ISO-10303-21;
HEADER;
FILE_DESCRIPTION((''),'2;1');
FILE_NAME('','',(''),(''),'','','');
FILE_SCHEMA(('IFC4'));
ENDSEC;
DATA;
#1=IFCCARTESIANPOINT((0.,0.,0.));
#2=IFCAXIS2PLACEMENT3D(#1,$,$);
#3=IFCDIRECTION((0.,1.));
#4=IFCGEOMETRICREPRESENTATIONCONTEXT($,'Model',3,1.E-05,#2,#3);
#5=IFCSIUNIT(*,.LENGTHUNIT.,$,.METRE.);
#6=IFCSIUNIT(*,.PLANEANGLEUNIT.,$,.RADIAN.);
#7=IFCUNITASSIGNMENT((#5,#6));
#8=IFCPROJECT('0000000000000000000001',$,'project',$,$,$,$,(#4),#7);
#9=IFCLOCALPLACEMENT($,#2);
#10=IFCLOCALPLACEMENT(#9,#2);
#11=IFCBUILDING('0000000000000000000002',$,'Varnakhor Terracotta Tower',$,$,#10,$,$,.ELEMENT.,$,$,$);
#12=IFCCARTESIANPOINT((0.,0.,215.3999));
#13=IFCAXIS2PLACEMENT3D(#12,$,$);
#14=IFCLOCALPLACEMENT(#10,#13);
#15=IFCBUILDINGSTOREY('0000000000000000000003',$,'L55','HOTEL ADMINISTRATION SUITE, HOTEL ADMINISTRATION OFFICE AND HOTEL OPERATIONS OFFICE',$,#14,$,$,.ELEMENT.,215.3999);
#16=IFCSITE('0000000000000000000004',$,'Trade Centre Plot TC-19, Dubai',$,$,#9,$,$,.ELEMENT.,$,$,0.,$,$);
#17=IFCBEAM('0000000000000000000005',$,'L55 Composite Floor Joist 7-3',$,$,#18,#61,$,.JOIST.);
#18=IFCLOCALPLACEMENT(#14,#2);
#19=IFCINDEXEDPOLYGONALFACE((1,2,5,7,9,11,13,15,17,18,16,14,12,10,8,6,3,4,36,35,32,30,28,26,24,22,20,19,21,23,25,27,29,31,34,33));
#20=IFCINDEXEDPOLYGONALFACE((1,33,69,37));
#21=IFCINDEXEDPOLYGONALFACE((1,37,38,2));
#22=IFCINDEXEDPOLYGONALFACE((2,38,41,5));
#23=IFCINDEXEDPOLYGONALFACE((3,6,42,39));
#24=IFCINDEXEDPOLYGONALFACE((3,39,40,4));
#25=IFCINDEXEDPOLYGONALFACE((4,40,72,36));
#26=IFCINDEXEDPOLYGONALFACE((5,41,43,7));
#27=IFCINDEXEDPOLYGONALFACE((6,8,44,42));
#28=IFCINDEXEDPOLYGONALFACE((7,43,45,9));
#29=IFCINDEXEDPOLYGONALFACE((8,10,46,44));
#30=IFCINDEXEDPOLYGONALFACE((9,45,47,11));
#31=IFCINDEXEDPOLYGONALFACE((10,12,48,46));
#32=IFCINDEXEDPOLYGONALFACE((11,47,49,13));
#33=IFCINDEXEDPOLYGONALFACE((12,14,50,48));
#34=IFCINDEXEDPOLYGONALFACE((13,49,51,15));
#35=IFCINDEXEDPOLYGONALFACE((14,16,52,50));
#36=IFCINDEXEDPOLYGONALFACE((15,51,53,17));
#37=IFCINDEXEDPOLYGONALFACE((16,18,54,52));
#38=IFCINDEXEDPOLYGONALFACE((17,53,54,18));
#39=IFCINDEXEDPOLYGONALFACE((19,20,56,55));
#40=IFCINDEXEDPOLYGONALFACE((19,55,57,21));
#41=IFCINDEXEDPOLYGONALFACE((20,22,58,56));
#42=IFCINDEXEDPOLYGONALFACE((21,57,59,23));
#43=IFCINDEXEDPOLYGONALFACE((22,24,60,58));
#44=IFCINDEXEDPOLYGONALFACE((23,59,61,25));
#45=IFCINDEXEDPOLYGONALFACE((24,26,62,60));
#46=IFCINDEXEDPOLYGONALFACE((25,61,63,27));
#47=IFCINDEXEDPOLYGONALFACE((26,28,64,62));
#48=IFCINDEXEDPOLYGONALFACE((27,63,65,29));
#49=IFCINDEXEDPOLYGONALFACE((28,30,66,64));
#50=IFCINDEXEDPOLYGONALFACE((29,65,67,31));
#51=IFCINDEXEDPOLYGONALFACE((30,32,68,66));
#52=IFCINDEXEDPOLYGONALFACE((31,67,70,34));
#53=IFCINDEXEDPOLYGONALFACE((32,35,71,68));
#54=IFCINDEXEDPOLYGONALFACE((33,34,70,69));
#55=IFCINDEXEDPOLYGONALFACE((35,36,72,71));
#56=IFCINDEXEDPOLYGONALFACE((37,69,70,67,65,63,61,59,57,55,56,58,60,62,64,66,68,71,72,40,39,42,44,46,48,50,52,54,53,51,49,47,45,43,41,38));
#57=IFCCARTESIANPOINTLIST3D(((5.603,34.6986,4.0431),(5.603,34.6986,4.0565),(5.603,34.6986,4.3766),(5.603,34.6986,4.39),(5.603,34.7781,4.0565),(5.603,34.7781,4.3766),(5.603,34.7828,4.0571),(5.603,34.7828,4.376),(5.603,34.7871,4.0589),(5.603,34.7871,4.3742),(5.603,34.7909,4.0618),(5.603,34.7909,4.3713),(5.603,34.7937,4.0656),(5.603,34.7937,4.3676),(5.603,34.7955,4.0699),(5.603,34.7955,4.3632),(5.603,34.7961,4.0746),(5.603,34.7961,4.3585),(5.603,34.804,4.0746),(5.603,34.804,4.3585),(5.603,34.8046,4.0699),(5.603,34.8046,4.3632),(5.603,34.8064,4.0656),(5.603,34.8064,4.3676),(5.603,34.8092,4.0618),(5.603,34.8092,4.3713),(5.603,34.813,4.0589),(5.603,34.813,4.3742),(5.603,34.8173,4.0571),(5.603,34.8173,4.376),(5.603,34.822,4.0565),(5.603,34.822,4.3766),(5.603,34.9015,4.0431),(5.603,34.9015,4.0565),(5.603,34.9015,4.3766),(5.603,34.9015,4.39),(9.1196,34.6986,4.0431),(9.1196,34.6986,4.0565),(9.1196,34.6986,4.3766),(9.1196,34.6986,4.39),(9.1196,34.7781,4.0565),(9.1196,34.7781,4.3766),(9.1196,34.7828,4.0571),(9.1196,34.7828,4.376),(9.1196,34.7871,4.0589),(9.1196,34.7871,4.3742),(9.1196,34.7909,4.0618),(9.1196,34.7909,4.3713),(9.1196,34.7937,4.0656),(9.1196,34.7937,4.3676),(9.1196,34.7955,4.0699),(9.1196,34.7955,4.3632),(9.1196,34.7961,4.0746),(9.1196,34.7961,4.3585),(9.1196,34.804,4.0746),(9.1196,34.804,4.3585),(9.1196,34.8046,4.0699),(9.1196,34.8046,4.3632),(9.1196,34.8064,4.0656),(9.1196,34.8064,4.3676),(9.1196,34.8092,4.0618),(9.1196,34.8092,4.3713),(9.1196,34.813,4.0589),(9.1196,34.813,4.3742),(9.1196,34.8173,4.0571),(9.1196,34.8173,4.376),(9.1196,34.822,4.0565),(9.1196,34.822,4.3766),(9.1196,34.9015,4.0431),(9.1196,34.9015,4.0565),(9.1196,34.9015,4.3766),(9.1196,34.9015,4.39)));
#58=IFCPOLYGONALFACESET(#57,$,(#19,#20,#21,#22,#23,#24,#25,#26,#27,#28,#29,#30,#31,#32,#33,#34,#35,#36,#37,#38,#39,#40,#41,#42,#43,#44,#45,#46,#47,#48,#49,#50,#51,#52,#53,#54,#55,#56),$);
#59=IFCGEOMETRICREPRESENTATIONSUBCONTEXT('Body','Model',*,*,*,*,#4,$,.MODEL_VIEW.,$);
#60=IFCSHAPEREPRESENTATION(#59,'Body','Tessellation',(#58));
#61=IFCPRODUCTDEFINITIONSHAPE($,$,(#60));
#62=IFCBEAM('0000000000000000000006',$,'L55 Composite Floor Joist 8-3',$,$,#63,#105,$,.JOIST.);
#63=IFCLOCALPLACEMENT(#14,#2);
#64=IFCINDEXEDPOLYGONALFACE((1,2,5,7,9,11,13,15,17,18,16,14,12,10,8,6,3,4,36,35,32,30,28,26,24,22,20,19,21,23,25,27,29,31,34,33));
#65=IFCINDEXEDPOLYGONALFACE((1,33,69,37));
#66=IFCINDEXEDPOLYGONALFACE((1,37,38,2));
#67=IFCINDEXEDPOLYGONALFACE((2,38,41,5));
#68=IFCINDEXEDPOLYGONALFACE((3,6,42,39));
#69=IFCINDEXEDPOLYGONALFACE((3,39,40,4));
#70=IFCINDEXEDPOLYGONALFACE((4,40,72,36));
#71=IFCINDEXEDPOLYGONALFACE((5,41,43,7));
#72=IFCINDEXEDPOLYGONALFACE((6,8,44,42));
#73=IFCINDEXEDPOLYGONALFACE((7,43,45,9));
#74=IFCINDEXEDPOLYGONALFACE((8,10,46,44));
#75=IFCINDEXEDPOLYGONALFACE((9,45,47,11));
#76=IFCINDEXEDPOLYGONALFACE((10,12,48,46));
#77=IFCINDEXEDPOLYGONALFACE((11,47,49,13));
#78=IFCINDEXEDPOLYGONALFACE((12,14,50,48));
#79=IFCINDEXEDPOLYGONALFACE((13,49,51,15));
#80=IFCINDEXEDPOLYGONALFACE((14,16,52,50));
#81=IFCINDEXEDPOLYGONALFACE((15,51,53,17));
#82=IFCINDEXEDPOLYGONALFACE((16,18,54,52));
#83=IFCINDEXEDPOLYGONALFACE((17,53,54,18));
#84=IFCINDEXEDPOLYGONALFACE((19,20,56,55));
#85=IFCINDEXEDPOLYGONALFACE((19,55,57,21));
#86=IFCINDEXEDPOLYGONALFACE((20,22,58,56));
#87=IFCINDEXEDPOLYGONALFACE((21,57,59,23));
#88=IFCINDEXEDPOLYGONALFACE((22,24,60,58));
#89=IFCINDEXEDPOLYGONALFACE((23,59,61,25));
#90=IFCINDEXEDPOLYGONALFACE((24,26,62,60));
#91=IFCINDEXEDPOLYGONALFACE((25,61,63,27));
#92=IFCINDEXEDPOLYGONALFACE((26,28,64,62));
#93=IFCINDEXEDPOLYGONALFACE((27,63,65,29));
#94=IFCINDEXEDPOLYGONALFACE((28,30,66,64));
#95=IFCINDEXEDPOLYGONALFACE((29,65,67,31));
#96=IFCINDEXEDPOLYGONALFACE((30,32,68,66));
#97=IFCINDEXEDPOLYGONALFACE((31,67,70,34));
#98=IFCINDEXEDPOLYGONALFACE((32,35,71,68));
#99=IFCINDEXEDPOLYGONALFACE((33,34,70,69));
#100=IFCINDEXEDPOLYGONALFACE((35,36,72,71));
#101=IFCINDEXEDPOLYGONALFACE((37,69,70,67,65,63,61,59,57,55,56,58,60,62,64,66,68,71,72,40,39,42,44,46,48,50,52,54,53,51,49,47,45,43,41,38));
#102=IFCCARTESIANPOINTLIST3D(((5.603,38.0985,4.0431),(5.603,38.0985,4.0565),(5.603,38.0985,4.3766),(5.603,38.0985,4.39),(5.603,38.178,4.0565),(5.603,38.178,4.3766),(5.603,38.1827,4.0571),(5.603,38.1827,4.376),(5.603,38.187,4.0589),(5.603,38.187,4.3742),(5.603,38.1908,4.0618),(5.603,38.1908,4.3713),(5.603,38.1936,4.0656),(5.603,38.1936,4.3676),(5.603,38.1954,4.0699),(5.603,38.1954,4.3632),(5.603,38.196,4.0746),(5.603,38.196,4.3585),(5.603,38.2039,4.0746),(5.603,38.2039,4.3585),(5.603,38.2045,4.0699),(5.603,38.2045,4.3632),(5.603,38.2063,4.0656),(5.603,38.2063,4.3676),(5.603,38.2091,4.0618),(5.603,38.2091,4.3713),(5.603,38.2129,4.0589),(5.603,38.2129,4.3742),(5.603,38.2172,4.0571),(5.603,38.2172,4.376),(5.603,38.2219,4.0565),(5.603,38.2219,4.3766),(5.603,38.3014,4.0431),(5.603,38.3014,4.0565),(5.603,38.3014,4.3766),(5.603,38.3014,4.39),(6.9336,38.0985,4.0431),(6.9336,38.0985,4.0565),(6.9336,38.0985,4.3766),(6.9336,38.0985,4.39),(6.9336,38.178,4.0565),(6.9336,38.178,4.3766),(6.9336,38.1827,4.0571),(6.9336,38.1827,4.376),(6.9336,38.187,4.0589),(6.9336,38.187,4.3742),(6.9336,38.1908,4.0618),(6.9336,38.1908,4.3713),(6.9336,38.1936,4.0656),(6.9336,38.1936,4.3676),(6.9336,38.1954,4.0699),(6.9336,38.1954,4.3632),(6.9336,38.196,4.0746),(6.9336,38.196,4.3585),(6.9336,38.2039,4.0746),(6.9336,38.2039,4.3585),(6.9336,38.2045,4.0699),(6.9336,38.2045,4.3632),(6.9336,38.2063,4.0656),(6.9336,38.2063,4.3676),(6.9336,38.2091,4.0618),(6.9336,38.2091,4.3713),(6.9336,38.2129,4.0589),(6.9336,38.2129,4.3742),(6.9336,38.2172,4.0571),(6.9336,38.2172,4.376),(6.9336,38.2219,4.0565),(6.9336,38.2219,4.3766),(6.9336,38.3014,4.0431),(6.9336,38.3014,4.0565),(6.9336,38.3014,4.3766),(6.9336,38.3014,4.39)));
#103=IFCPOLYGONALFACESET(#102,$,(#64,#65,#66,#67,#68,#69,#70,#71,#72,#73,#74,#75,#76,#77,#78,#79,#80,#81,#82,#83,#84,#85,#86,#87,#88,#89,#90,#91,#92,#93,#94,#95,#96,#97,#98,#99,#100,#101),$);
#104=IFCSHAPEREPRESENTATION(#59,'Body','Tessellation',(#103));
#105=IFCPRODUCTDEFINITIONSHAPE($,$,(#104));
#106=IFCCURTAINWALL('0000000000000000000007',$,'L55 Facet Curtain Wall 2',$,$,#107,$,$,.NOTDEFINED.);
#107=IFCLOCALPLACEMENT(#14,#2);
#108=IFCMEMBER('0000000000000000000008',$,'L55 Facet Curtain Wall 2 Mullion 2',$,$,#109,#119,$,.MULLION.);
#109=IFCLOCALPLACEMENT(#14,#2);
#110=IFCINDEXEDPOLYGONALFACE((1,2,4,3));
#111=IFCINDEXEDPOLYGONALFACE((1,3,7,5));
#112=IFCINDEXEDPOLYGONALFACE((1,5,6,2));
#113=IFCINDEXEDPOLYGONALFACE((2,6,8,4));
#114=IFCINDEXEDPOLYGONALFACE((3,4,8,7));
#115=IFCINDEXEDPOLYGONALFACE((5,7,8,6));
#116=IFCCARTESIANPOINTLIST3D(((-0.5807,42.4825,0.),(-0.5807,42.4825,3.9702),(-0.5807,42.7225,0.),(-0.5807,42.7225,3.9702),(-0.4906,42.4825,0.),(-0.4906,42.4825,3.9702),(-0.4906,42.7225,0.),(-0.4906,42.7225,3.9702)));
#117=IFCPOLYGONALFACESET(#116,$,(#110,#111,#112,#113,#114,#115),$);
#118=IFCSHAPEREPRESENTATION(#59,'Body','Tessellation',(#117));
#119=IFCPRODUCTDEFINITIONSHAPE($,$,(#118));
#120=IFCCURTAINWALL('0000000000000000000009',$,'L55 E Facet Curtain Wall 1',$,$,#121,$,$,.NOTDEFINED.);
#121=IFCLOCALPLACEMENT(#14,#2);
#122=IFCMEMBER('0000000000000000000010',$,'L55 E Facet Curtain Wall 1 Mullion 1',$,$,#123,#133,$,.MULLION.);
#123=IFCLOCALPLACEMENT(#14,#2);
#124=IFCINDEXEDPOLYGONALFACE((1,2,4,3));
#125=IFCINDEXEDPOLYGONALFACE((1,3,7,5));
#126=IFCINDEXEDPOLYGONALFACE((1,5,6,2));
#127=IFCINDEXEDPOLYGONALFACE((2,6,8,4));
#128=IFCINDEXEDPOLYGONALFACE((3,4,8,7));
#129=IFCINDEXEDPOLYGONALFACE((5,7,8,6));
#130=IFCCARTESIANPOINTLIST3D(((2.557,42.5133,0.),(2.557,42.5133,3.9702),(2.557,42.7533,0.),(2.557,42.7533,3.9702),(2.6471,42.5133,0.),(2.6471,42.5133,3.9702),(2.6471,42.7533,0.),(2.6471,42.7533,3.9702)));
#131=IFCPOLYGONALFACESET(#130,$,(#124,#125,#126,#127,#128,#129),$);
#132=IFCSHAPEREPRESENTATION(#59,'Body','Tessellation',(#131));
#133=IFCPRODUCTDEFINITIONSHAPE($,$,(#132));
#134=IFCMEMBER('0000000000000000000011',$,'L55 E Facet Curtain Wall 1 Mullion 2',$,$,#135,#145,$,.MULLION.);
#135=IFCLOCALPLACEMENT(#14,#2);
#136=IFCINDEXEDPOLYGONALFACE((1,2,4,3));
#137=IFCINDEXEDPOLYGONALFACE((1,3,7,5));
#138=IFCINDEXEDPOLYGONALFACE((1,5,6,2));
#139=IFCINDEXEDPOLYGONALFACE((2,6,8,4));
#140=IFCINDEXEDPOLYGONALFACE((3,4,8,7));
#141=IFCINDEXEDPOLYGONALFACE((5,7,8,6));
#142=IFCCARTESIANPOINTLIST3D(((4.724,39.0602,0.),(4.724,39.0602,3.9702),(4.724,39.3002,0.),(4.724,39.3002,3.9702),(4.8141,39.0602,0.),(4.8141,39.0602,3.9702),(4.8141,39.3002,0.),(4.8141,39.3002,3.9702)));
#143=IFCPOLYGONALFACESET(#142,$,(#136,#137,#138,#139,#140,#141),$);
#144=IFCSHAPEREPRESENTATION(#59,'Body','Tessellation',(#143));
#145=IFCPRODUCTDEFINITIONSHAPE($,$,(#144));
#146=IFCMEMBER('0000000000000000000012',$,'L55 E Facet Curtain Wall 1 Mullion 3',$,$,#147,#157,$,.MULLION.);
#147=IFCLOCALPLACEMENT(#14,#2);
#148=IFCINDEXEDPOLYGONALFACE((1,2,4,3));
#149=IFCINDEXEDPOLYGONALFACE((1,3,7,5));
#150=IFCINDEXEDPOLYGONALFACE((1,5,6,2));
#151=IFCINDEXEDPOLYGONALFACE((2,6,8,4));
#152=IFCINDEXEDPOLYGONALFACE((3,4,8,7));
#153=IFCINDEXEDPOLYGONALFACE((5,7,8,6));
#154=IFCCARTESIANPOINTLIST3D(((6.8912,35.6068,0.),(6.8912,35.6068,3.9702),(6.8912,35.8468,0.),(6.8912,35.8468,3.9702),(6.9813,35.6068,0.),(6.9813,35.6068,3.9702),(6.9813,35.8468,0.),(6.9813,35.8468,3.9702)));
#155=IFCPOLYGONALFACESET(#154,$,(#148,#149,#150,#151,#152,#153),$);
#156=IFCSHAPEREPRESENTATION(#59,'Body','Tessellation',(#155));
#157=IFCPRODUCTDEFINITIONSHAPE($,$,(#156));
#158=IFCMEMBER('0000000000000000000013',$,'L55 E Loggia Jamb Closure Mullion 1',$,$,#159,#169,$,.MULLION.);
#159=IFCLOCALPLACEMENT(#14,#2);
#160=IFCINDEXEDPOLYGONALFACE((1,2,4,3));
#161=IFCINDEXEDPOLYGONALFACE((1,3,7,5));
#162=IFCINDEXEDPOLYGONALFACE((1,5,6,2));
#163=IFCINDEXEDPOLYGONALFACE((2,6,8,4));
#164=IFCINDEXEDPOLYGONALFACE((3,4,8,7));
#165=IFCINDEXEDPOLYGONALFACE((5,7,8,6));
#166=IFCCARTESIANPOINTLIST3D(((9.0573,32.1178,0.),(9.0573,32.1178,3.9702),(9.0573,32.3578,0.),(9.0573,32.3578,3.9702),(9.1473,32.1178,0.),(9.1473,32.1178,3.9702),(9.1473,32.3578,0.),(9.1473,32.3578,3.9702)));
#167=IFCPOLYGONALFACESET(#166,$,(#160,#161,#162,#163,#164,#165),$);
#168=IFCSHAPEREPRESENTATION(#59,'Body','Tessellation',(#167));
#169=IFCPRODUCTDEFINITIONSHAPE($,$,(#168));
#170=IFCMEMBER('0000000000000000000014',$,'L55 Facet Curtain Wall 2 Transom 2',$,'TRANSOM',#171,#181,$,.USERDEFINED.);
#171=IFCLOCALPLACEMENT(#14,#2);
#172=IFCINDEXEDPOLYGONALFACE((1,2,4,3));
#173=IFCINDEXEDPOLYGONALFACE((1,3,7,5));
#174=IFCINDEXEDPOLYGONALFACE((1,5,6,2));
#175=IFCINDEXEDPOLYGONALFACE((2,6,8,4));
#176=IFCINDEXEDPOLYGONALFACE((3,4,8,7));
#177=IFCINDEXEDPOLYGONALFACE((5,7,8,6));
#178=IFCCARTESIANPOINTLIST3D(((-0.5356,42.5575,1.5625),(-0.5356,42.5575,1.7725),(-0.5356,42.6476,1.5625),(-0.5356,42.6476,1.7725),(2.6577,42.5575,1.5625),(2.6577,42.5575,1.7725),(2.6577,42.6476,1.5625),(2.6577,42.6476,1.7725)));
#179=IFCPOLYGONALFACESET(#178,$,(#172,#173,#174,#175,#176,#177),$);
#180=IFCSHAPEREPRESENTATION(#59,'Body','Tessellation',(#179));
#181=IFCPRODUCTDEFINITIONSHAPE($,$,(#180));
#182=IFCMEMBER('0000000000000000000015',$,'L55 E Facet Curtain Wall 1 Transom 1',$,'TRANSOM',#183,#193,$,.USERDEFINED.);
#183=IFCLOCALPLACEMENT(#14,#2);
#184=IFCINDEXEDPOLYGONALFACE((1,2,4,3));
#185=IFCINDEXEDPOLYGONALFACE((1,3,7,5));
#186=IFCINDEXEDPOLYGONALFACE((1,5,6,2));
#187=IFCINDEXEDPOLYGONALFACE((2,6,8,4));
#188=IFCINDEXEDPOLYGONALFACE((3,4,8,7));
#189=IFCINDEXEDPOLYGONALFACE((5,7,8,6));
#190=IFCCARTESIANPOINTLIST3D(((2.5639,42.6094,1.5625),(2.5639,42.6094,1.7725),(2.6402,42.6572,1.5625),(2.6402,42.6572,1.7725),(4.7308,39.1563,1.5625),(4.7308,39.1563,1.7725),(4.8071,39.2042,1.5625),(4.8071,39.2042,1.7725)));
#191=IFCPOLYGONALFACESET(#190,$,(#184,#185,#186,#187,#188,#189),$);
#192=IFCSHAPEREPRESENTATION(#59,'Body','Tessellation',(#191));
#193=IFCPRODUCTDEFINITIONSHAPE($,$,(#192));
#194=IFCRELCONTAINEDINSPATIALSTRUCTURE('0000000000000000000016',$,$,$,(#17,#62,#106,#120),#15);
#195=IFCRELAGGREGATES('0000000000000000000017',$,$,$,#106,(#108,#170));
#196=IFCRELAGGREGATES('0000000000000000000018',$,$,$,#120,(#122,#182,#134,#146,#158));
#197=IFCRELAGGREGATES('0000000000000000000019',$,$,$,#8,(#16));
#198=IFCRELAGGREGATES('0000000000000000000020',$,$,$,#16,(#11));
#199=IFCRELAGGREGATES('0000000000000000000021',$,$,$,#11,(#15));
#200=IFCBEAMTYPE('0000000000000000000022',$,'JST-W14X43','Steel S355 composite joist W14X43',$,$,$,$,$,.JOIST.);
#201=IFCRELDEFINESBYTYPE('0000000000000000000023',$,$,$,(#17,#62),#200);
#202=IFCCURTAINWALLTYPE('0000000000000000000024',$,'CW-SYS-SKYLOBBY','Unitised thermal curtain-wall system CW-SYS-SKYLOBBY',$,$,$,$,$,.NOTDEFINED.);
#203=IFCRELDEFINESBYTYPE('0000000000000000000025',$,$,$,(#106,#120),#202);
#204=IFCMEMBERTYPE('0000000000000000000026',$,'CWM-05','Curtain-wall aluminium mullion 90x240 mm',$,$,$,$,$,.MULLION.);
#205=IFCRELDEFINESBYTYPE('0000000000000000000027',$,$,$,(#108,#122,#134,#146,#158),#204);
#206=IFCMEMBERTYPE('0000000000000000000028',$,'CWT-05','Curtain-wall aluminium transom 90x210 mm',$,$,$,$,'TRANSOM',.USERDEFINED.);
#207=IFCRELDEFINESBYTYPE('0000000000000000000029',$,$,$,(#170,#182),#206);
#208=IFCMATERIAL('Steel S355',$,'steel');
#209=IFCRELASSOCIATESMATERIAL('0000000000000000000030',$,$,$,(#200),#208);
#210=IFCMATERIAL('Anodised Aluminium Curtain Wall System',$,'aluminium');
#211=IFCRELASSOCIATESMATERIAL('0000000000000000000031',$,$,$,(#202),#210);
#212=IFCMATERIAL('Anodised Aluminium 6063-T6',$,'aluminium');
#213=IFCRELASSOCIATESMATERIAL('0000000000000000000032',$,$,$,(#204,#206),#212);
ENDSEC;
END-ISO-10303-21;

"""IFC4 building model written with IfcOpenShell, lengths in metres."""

from ifc_helpers import new_model, si_unit, direction, frame, origin, origin_2d, place, context, subcontext, project, spatial, rectangle, i_section, extrude, source, transform, mapped, material, material_profile, profile_set, type_object, element, aggregate, save


model = new_model("IFC4")

# Units and contexts
model_context = context("Model", 3, precision=1e-05, world=origin(), true_north=direction((0.0, 1.0)))
body_context = subcontext(model_context, "Body", "Model", "MODEL_VIEW")
ifc_project = project(units=[si_unit("LENGTHUNIT", "METRE"), si_unit("PLANEANGLEUNIT", "RADIAN")], contexts=[model_context])

# Site, building, storey
site_placement = place(None, origin())
site = spatial("IfcSite", under=ifc_project, at=site_placement, Name="Trade Centre Plot TC-19, Dubai", CompositionType="ELEMENT", RefElevation=0.0)
building_placement = place(site_placement, origin())
building = spatial("IfcBuilding", under=site, at=building_placement, Name="Varnakhor Terracotta Tower", CompositionType="ELEMENT")
storey_placement = place(building_placement, frame((0.0, 0.0, 215.3999)))
storey = spatial("IfcBuildingStorey", under=building, at=storey_placement, Name="L55", Description="HOTEL ADMINISTRATION SUITE, HOTEL ADMINISTRATION OFFICE AND HOTEL OPERATIONS OFFICE", CompositionType="ELEMENT", Elevation=215.3999)

# Beams
ifc_material_1 = material(Name="Steel S355", Category="steel")
ifc_material_profile_1 = material_profile(ifc_material_1, i_section(OverallWidth=0.2029, OverallDepth=0.3469, WebThickness=0.0078, FlangeThickness=0.0134, FilletRadius=0.0181, at=origin_2d()), Name="W14X43")
ifc_profile_set_1 = profile_set([ifc_material_profile_1], Name="Steel S355")
beam_type_1 = type_object("IfcBeamType", Name="JST-W14X43", Description="Steel S355 composite joist W14X43", PredefinedType="JOIST", material=ifc_profile_set_1)
shared_shape_1 = source(origin(), body_context, "Body", "SweptSolid", [
    extrude(i_section(OverallWidth=0.2029, OverallDepth=0.3469, WebThickness=0.0078, FlangeThickness=0.0134, FilletRadius=0.0181, at=origin_2d()), origin(), (0.0, 0.0, 1.0), 3.5166),
])
beam_1_placement = place(storey_placement, frame((5.603, 34.8, 4.2166), z_axis=(1.0, 0.0, 0.0), x_axis=(0.0, 1.0, 0.0)))
element("IfcBeam", 1, at=beam_1_placement, inside=storey, type_object=beam_type_1, Name="L55 Composite Floor Joist 7-3", PredefinedType="JOIST", context=body_context, shape_type="MappedRepresentation", body=[
    mapped(shared_shape_1, transform((0.0, 0.0, 0.0), scale=1.0)),
])
shared_shape_2 = source(origin(), body_context, "Body", "SweptSolid", [
    extrude(i_section(OverallWidth=0.2029, OverallDepth=0.3469, WebThickness=0.0078, FlangeThickness=0.0134, FilletRadius=0.0181, at=origin_2d()), origin(), (0.0, 0.0, 1.0), 1.3306),
])
beam_2_placement = place(storey_placement, frame((5.603, 38.2, 4.2166), z_axis=(1.0, 0.0, 0.0), x_axis=(0.0, 1.0, 0.0)))
element("IfcBeam", 2, at=beam_2_placement, inside=storey, type_object=beam_type_1, Name="L55 Composite Floor Joist 8-3", PredefinedType="JOIST", context=body_context, shape_type="MappedRepresentation", body=[
    mapped(shared_shape_2, transform((0.0, 0.0, 0.0), scale=1.0)),
])

# Curtain wall, member
ifc_material_2 = material(Name="Anodised Aluminium Curtain Wall System", Category="aluminium")
curtain_wall_type = type_object("IfcCurtainWallType", Name="CW-SYS-SKYLOBBY", Description="Unitised thermal curtain-wall system CW-SYS-SKYLOBBY", PredefinedType="NOTDEFINED", material=ifc_material_2)
curtain_wall_1_placement = place(storey_placement, origin())
curtain_wall_1 = element("IfcCurtainWall", 3, at=curtain_wall_1_placement, inside=storey, type_object=curtain_wall_type, Name="L55 Facet Curtain Wall 2", PredefinedType="NOTDEFINED")
ifc_material_3 = material(Name="Anodised Aluminium 6063-T6", Category="aluminium")
ifc_material_profile_2 = material_profile(ifc_material_3, rectangle(XDim=0.0901, YDim=0.24, at=origin_2d()), Name="ALU MULLION 90x240")
ifc_profile_set_2 = profile_set([ifc_material_profile_2], Name="Anodised Aluminium 6063-T6")
member_type_1 = type_object("IfcMemberType", Name="CWM-05", Description="Curtain-wall aluminium mullion 90x240 mm", PredefinedType="MULLION", material=ifc_profile_set_2)
shared_shape_3 = source(origin(), body_context, "Body", "SweptSolid", [
    extrude(rectangle(XDim=0.0901, YDim=0.24, at=origin_2d()), origin(), (0.0, 0.0, 1.0), 3.9702),
])
member_1_placement = place(storey_placement, frame((-0.5356, 42.6025, 0.0), z_axis=(0.0, 0.0, 1.0), x_axis=(1.0, 0.0, 0.0)))
member_1 = element("IfcMember", 4, at=member_1_placement, type_object=member_type_1, Name="L55 Facet Curtain Wall 2 Mullion 2", PredefinedType="MULLION", context=body_context, shape_type="MappedRepresentation", body=[
    mapped(shared_shape_3, transform((0.0, 0.0, 0.0), scale=1.0)),
])

# Curtain wall, members
curtain_wall_2_placement = place(storey_placement, origin())
curtain_wall_2 = element("IfcCurtainWall", 5, at=curtain_wall_2_placement, inside=storey, type_object=curtain_wall_type, Name="L55 E Facet Curtain Wall 1", PredefinedType="NOTDEFINED")
member_2_placement = place(storey_placement, frame((2.6021, 42.6333, 0.0), z_axis=(0.0, 0.0, 1.0), x_axis=(1.0, 0.0, 0.0)))
member_2 = element("IfcMember", 6, at=member_2_placement, type_object=member_type_1, Name="L55 E Facet Curtain Wall 1 Mullion 1", PredefinedType="MULLION", context=body_context, shape_type="MappedRepresentation", body=[
    mapped(shared_shape_3, transform((0.0, 0.0, 0.0), scale=1.0)),
])
member_3_placement = place(storey_placement, frame((4.769, 39.1802, 0.0), z_axis=(0.0, 0.0, 1.0), x_axis=(1.0, 0.0, 0.0)))
member_3 = element("IfcMember", 7, at=member_3_placement, type_object=member_type_1, Name="L55 E Facet Curtain Wall 1 Mullion 2", PredefinedType="MULLION", context=body_context, shape_type="MappedRepresentation", body=[
    mapped(shared_shape_3, transform((0.0, 0.0, 0.0), scale=1.0)),
])
member_4_placement = place(storey_placement, frame((6.9363, 35.7268, 0.0), z_axis=(0.0, 0.0, 1.0), x_axis=(1.0, 0.0, 0.0)))
member_4 = element("IfcMember", 8, at=member_4_placement, type_object=member_type_1, Name="L55 E Facet Curtain Wall 1 Mullion 3", PredefinedType="MULLION", context=body_context, shape_type="MappedRepresentation", body=[
    mapped(shared_shape_3, transform((0.0, 0.0, 0.0), scale=1.0)),
])
member_5_placement = place(storey_placement, frame((9.1023, 32.2378, 0.0), z_axis=(0.0, 0.0, 1.0), x_axis=(1.0, 0.0, 0.0)))
member_5 = element("IfcMember", 9, at=member_5_placement, type_object=member_type_1, Name="L55 E Loggia Jamb Closure Mullion 1", PredefinedType="MULLION", context=body_context, shape_type="MappedRepresentation", body=[
    mapped(shared_shape_3, transform((0.0, 0.0, 0.0), scale=1.0)),
])

# Members
ifc_material_profile_3 = material_profile(ifc_material_3, rectangle(XDim=0.0901, YDim=0.21, at=origin_2d()), Name="ALU TRANSOM 90x210")
ifc_profile_set_3 = profile_set([ifc_material_profile_3], Name="Anodised Aluminium 6063-T6")
member_type_2 = type_object("IfcMemberType", Name="CWT-05", Description="Curtain-wall aluminium transom 90x210 mm", ElementType="TRANSOM", PredefinedType="USERDEFINED", material=ifc_profile_set_3)
shared_shape_4 = source(origin(), body_context, "Body", "SweptSolid", [
    extrude(rectangle(XDim=0.0901, YDim=0.21, at=origin_2d()), origin(), (0.0, 0.0, 1.0), 3.1934),
])
member_6_placement = place(storey_placement, frame((-0.5356, 42.6025, 1.6675), z_axis=(1.0, 0.0, 0.0), x_axis=(0.0, 1.0, 0.0)))
member_6 = element("IfcMember", 10, at=member_6_placement, type_object=member_type_2, Name="L55 Facet Curtain Wall 2 Transom 2", ObjectType="TRANSOM", PredefinedType="USERDEFINED", context=body_context, shape_type="MappedRepresentation", body=[
    mapped(shared_shape_4, transform((0.0, 0.0, 0.0), scale=1.0)),
])
shared_shape_5 = source(origin(), body_context, "Body", "SweptSolid", [
    extrude(rectangle(XDim=0.0901, YDim=0.21, at=origin_2d()), origin(), (0.0, 0.0, 1.0), 4.0767),
])
member_7_placement = place(storey_placement, frame((2.6021, 42.6333, 1.6675), z_axis=(0.531548, -0.847028, 0.0), x_axis=(0.847028, 0.531548, 0.0)))
member_7 = element("IfcMember", 11, at=member_7_placement, type_object=member_type_2, Name="L55 E Facet Curtain Wall 1 Transom 1", ObjectType="TRANSOM", PredefinedType="USERDEFINED", context=body_context, shape_type="MappedRepresentation", body=[
    mapped(shared_shape_5, transform((0.0, 0.0, 0.0), scale=1.0)),
])

aggregate(curtain_wall_1, [member_1, member_6])
aggregate(curtain_wall_2, [member_2, member_7, member_3, member_4, member_5])

save(model, "model.ifc")
